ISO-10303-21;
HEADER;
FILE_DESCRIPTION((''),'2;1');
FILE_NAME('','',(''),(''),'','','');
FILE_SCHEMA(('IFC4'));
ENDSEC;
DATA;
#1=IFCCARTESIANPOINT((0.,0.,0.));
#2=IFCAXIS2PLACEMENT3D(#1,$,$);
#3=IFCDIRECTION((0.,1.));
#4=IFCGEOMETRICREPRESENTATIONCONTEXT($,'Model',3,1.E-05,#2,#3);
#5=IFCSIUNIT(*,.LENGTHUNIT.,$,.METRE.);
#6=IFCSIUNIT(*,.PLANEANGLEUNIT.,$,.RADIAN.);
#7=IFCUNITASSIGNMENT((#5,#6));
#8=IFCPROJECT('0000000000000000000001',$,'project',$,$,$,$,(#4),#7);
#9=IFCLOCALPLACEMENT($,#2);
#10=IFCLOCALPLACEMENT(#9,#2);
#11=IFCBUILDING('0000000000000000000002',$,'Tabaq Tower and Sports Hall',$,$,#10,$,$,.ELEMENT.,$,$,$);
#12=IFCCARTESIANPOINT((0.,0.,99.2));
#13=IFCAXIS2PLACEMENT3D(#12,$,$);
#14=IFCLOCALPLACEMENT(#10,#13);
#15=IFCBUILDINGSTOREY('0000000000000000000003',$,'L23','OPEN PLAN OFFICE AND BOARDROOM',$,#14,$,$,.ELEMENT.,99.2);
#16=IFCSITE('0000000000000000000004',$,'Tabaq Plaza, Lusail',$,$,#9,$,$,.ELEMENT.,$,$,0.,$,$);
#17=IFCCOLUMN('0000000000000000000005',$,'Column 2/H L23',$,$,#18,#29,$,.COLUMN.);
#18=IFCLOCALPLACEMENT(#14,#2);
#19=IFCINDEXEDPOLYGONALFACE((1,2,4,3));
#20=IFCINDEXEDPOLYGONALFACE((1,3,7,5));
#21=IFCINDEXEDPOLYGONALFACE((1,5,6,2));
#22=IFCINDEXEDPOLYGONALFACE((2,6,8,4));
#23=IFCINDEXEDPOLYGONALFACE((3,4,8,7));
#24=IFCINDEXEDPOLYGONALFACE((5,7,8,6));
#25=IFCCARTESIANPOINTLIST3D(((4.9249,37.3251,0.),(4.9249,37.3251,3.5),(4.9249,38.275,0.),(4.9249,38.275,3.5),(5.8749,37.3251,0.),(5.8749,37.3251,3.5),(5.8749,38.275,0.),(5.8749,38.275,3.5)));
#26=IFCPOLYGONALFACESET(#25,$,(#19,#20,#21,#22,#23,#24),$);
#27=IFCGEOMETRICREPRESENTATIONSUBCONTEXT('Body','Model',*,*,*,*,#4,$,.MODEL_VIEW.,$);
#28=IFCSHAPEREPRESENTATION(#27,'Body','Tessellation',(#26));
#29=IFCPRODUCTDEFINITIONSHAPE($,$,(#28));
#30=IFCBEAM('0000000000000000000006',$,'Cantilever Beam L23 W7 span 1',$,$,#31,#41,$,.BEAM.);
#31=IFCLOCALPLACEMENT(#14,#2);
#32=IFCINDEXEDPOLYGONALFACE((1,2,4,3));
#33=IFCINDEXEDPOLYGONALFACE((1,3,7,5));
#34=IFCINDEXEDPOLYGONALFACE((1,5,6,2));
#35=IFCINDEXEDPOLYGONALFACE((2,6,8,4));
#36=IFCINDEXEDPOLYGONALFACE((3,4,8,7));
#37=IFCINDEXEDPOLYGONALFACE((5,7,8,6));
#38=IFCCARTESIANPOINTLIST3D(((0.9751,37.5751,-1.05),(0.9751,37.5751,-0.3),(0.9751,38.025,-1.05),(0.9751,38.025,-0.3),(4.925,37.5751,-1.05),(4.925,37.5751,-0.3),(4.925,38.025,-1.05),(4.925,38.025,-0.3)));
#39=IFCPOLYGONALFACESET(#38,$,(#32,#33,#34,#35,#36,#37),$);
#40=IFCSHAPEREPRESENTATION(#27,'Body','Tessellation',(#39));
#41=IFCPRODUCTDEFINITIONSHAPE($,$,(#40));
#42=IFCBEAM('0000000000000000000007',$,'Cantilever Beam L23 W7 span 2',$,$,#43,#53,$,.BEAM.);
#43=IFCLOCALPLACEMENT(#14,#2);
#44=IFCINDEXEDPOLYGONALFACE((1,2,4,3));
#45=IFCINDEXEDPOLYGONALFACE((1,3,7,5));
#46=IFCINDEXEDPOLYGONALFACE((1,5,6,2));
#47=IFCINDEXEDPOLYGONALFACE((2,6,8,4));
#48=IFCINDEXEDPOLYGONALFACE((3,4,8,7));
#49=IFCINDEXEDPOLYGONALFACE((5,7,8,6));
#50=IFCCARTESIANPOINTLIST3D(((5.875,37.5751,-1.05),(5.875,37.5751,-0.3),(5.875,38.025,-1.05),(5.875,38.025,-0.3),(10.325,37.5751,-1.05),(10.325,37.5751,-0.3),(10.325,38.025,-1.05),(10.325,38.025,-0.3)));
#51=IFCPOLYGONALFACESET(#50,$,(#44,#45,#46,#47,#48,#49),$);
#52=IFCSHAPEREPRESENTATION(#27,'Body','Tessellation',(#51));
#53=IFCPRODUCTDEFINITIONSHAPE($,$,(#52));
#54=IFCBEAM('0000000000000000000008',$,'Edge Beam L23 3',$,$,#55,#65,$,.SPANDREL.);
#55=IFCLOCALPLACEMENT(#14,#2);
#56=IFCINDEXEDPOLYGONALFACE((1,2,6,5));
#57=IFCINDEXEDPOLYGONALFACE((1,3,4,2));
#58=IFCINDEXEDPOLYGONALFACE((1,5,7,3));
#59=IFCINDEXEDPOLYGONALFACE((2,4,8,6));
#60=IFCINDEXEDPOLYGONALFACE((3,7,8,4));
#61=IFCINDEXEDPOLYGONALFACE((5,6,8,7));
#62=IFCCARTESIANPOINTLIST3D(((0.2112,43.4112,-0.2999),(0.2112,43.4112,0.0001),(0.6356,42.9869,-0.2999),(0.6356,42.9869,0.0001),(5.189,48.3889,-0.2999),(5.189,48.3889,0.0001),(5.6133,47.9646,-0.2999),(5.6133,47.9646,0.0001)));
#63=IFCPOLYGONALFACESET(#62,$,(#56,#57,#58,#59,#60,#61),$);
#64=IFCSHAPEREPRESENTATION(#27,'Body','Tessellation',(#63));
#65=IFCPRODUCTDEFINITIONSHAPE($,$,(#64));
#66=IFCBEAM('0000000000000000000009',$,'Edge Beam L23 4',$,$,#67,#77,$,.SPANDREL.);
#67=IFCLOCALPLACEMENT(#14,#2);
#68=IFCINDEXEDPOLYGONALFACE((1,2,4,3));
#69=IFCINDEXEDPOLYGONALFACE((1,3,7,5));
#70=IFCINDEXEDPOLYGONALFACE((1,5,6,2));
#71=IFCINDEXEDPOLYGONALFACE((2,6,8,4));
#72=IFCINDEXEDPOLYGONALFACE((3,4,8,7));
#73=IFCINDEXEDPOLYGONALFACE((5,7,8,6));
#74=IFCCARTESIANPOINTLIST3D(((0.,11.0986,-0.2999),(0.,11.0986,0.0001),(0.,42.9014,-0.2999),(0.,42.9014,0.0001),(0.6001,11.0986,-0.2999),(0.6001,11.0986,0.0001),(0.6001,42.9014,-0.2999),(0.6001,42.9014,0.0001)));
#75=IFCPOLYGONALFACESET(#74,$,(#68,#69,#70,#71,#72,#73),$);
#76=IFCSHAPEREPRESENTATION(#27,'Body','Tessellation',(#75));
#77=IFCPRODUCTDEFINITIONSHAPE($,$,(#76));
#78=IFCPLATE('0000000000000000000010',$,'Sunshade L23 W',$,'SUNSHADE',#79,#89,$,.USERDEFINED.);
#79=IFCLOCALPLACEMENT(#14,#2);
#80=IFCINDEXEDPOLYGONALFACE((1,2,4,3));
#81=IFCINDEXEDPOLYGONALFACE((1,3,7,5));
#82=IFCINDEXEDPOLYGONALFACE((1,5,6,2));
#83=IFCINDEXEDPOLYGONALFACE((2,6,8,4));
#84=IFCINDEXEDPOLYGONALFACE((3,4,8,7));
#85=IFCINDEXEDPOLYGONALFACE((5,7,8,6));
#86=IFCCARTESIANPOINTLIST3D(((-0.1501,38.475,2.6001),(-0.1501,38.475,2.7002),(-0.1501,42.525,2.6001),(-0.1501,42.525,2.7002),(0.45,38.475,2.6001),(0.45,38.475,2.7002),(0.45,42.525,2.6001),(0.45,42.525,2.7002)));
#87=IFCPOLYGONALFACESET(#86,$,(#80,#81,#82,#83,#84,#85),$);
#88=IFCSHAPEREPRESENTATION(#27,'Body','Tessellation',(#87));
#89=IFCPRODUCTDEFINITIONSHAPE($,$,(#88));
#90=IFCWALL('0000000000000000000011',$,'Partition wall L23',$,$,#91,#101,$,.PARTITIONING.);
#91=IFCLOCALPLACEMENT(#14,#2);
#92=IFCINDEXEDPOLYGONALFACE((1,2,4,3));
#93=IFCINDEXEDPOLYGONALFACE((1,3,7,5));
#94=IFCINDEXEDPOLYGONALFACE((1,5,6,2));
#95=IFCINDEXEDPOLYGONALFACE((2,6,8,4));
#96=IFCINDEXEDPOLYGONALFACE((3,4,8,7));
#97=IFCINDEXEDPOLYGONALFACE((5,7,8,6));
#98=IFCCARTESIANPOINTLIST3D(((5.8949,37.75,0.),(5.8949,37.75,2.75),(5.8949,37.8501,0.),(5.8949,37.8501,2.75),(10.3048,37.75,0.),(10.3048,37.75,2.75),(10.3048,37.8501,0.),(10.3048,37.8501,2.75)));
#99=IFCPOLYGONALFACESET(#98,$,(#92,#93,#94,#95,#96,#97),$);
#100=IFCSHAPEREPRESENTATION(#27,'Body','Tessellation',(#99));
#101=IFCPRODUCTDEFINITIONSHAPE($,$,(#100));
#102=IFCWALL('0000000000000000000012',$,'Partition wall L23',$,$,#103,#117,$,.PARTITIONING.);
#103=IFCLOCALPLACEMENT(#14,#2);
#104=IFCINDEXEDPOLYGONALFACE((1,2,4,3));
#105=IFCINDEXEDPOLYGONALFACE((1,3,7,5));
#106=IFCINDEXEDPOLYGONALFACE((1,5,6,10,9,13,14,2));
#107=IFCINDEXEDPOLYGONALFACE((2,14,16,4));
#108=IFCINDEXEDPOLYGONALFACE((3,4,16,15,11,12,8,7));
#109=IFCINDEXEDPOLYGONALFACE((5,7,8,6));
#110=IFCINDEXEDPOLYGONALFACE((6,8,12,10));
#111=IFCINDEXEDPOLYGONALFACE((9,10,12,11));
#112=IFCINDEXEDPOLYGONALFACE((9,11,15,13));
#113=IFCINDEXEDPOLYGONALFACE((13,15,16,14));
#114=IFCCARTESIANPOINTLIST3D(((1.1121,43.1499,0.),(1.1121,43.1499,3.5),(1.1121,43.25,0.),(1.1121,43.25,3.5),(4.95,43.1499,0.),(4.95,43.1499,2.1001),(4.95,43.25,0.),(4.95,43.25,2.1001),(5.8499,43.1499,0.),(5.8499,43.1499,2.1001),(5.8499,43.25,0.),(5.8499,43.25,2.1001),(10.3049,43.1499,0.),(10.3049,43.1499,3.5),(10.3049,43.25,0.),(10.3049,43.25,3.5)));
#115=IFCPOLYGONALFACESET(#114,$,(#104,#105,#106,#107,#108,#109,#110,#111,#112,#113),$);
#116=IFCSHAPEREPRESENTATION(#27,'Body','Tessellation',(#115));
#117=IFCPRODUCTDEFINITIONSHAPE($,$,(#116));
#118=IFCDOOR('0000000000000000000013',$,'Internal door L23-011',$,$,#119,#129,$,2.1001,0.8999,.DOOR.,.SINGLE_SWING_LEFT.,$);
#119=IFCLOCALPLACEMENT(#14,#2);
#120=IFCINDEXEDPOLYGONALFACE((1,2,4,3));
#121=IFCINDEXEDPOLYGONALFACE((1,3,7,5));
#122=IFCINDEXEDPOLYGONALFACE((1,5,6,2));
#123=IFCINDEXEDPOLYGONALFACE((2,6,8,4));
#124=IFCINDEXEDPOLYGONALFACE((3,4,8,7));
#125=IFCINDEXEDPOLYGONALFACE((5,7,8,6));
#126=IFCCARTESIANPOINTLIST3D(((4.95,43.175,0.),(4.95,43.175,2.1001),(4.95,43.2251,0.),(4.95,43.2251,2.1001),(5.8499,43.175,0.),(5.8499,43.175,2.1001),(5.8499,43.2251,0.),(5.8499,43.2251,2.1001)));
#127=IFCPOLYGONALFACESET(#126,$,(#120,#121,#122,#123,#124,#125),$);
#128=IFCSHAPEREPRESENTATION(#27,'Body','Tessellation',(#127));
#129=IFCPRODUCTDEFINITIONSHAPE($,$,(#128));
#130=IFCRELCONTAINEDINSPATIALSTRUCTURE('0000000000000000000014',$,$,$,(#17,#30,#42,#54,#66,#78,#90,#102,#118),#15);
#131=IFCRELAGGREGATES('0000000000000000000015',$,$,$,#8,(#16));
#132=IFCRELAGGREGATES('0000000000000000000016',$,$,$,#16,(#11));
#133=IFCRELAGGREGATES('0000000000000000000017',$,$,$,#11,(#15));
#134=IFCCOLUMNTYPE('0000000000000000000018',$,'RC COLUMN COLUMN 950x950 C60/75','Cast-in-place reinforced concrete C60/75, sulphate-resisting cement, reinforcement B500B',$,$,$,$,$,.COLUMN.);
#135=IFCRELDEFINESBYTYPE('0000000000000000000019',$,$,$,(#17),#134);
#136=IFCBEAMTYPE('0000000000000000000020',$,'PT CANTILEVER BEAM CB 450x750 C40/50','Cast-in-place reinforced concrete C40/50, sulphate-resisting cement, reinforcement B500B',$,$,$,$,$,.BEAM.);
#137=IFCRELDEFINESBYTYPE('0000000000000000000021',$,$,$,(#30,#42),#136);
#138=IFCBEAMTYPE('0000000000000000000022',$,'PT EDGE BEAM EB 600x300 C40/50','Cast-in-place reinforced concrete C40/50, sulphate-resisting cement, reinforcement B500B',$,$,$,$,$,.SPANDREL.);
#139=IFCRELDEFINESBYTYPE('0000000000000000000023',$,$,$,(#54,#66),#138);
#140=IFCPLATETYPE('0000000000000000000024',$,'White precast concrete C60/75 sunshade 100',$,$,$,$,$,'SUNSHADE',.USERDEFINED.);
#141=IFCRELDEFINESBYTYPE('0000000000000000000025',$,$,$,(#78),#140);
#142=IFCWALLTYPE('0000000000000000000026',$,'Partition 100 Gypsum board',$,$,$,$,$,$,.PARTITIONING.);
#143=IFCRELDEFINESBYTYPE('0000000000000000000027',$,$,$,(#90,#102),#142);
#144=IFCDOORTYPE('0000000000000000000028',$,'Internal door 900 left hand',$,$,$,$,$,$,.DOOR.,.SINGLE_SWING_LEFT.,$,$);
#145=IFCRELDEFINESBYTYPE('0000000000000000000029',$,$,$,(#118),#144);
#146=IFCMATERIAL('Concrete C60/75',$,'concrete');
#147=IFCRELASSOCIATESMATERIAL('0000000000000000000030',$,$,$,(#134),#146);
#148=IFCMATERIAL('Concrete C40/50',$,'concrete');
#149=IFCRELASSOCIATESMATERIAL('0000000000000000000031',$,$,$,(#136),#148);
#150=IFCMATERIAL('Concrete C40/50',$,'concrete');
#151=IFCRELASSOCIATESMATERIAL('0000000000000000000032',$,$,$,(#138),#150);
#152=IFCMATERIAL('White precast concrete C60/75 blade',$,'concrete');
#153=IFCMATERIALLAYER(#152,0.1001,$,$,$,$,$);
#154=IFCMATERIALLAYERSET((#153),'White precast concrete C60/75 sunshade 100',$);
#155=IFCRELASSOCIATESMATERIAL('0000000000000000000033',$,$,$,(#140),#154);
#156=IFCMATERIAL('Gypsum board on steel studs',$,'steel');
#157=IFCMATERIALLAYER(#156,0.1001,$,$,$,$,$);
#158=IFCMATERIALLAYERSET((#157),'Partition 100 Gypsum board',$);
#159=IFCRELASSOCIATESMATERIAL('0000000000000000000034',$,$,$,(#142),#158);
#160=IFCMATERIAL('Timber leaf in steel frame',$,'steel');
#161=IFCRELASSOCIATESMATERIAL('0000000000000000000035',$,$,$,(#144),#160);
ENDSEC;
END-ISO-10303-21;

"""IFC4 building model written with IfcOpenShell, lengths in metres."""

from ifc_helpers import new_model, si_unit, direction, frame, frame_2d, origin, origin_2d, place, context, subcontext, project, spatial, rectangle, extrude, material, layer, layer_set, material_profile, profile_set, type_object, element, fill, save


model = new_model("IFC4")

# Units and contexts
model_context = context("Model", 3, precision=1e-05, world=origin(), true_north=direction((0.0, 1.0)))
body_context = subcontext(model_context, "Body", "Model", "MODEL_VIEW")
ifc_project = project(units=[si_unit("LENGTHUNIT", "METRE"), si_unit("PLANEANGLEUNIT", "RADIAN")], contexts=[model_context])

# Site, building, storey
site_placement = place(None, origin())
site = spatial("IfcSite", under=ifc_project, at=site_placement, Name="Tabaq Plaza, Lusail", CompositionType="ELEMENT", RefElevation=0.0)
building_placement = place(site_placement, origin())
building = spatial("IfcBuilding", under=site, at=building_placement, Name="Tabaq Tower and Sports Hall", CompositionType="ELEMENT")
storey_placement = place(building_placement, frame((0.0, 0.0, 99.2)))
storey = spatial("IfcBuildingStorey", under=building, at=storey_placement, Name="L23", Description="OPEN PLAN OFFICE AND BOARDROOM", CompositionType="ELEMENT", Elevation=99.2)

# Column
ifc_material_1 = material(Name="Concrete C60/75", Category="concrete")
ifc_material_profile_1 = material_profile(ifc_material_1, rectangle(XDim=0.95, YDim=0.95, at=origin_2d()), Name="COLUMN 950x950")
ifc_profile_set_1 = profile_set([ifc_material_profile_1], Name="Concrete C60/75")
column_type = type_object("IfcColumnType", Name="RC COLUMN COLUMN 950x950 C60/75", Description="Cast-in-place reinforced concrete C60/75, sulphate-resisting cement, reinforcement B500B", PredefinedType="COLUMN", material=ifc_profile_set_1)
column_placement = place(storey_placement, frame((5.3999, 37.8, 0.0), z_axis=(0.0, 0.0, 1.0), x_axis=(1.0, 0.0, 0.0)))
element("IfcColumn", 1, at=column_placement, inside=storey, type_object=column_type, Name="Column 2/H L23", PredefinedType="COLUMN", context=body_context, shape_type="SweptSolid", body=[
    extrude(rectangle(XDim=0.95, YDim=0.95, at=origin_2d()), origin(), (0.0, 0.0, 1.0), 3.5),
])

# Beams
ifc_material_2 = material(Name="Concrete C40/50", Category="concrete")
ifc_material_profile_2 = material_profile(ifc_material_2, rectangle(XDim=0.45, YDim=0.75, at=origin_2d()), Name="CB 450x750")
ifc_profile_set_2 = profile_set([ifc_material_profile_2], Name="Concrete C40/50")
beam_type_1 = type_object("IfcBeamType", Name="PT CANTILEVER BEAM CB 450x750 C40/50", Description="Cast-in-place reinforced concrete C40/50, sulphate-resisting cement, reinforcement B500B", PredefinedType="BEAM", material=ifc_profile_set_2)
beam_1_placement = place(storey_placement, frame((0.9751, 37.8, -0.675), z_axis=(1.0, 0.0, 0.0), x_axis=(0.0, 1.0, 0.0)))
element("IfcBeam", 2, at=beam_1_placement, inside=storey, type_object=beam_type_1, Name="Cantilever Beam L23 W7 span 1", PredefinedType="BEAM", context=body_context, shape_type="SweptSolid", body=[
    extrude(rectangle(XDim=0.45, YDim=0.75, at=origin_2d()), origin(), (0.0, 0.0, 1.0), 3.95),
])
beam_2_placement = place(storey_placement, frame((5.875, 37.8, -0.675), z_axis=(1.0, 0.0, 0.0), x_axis=(0.0, 1.0, 0.0)))
element("IfcBeam", 3, at=beam_2_placement, inside=storey, type_object=beam_type_1, Name="Cantilever Beam L23 W7 span 2", PredefinedType="BEAM", context=body_context, shape_type="SweptSolid", body=[
    extrude(rectangle(XDim=0.45, YDim=0.75, at=origin_2d()), origin(), (0.0, 0.0, 1.0), 4.45),
])
ifc_material_3 = material(Name="Concrete C40/50", Category="concrete")
ifc_material_profile_3 = material_profile(ifc_material_3, rectangle(XDim=0.6001, YDim=0.3, at=origin_2d()), Name="EB 600x300")
ifc_profile_set_3 = profile_set([ifc_material_profile_3], Name="Concrete C40/50")
beam_type_2 = type_object("IfcBeamType", Name="PT EDGE BEAM EB 600x300 C40/50", Description="Cast-in-place reinforced concrete C40/50, sulphate-resisting cement, reinforcement B500B", PredefinedType="SPANDREL", material=ifc_profile_set_3)
beam_3_placement = place(storey_placement, frame((5.4011, 48.1768, -0.1499), z_axis=(-0.707107, -0.707107, 0.0), x_axis=(0.707107, -0.707107, 0.0)))
element("IfcBeam", 4, at=beam_3_placement, inside=storey, type_object=beam_type_2, Name="Edge Beam L23 3", PredefinedType="SPANDREL", context=body_context, shape_type="SweptSolid", body=[
    extrude(rectangle(XDim=0.6001, YDim=0.3, at=origin_2d()), origin(), (0.0, 0.0, 1.0), 7.0396),
])
beam_4_placement = place(storey_placement, frame((0.3, 42.9014, -0.1499), z_axis=(0.0, -1.0, 0.0), x_axis=(1.0, 0.0, 0.0)))
element("IfcBeam", 5, at=beam_4_placement, inside=storey, type_object=beam_type_2, Name="Edge Beam L23 4", PredefinedType="SPANDREL", context=body_context, shape_type="SweptSolid", body=[
    extrude(rectangle(XDim=0.6001, YDim=0.3, at=origin_2d()), origin(), (0.0, 0.0, 1.0), 31.8027),
])

# Plate
ifc_material_4 = material(Name="White precast concrete C60/75 blade", Category="concrete")
ifc_layer_1 = layer(ifc_material_4, 0.1001)
ifc_layer_set_1 = layer_set([ifc_layer_1], Name="White precast concrete C60/75 sunshade 100")
plate_type = type_object("IfcPlateType", Name="White precast concrete C60/75 sunshade 100", ElementType="SUNSHADE", PredefinedType="USERDEFINED", material=ifc_layer_set_1)
plate_placement = place(storey_placement, frame((0.1499, 40.5, 2.6001), z_axis=(0.0, 0.0, 1.0), x_axis=(0.0, -1.0, 0.0)))
element("IfcPlate", 6, at=plate_placement, inside=storey, type_object=plate_type, Name="Sunshade L23 W", ObjectType="SUNSHADE", PredefinedType="USERDEFINED", context=body_context, shape_type="SweptSolid", body=[
    extrude(rectangle(XDim=4.05, YDim=0.6001, at=origin_2d()), origin(), (0.0, 0.0, 1.0), 0.1001),
])

# Wall
ifc_material_5 = material(Name="Gypsum board on steel studs", Category="steel")
ifc_layer_2 = layer(ifc_material_5, 0.1001)
ifc_layer_set_2 = layer_set([ifc_layer_2], Name="Partition 100 Gypsum board")
wall_type_1 = type_object("IfcWallType", Name="Partition 100 Gypsum board", PredefinedType="PARTITIONING", material=ifc_layer_set_2)
wall_1_placement = place(storey_placement, frame((10.3049, 37.8, 0.0), z_axis=(0.0, 0.0, 1.0), x_axis=(-1.0, 0.0, 0.0)))
element("IfcWall", 7, at=wall_1_placement, inside=storey, type_object=wall_type_1, Name="Partition wall L23", PredefinedType="PARTITIONING", context=body_context, shape_type="SweptSolid", body=[
    extrude(rectangle(XDim=4.4099, YDim=0.1001, at=frame_2d((2.2051, 0.0))), origin(), (0.0, 0.0, 1.0), 2.75),
])

# Wall, opening, door
wall_2_placement = place(storey_placement, frame((10.3049, 43.2, 0.0), z_axis=(0.0, 0.0, 1.0), x_axis=(-1.0, 0.0, 0.0)))
wall_2 = element("IfcWall", 8, at=wall_2_placement, inside=storey, type_object=wall_type_1, Name="Partition wall L23", PredefinedType="PARTITIONING", context=body_context, shape_type="SweptSolid", body=[
    extrude(rectangle(XDim=9.1929, YDim=0.1001, at=frame_2d((4.5964, 0.0))), origin(), (0.0, 0.0, 1.0), 3.5),
])
opening_1_placement = place(wall_2_placement, frame((4.4551, 0.0, 0.0)))
opening_1 = element("IfcOpeningElement", 9, at=opening_1_placement, cuts=wall_2, PredefinedType="OPENING", context=body_context, shape_type="SweptSolid", body=[
    extrude(rectangle(XDim=0.8999, YDim=2.1001, at=frame_2d((0.45, 1.05))), frame((0.0, 0.05, 0.0), z_axis=(0.0, -1.0, 0.0), x_axis=(1.0, 0.0, 0.0)), (0.0, 0.0, 1.0), 0.1001),
])
ifc_material_6 = material(Name="Timber leaf in steel frame", Category="steel")
door_type = type_object("IfcDoorType", Name="Internal door 900 left hand", OperationType="SINGLE_SWING_LEFT", PredefinedType="DOOR", material=ifc_material_6)
door_placement = place(opening_1_placement, origin())
door = element("IfcDoor", 10, at=door_placement, inside=storey, type_object=door_type, Name="Internal door L23-011", OperationType="SINGLE_SWING_LEFT", OverallHeight=2.1001, OverallWidth=0.8999, PredefinedType="DOOR", context=body_context, shape_type="SweptSolid", body=[
    extrude(rectangle(XDim=0.8999, YDim=2.1001, at=frame_2d((0.45, 1.05))), frame((0.0, 0.0249, 0.0), z_axis=(0.0, -1.0, 0.0), x_axis=(1.0, 0.0, 0.0)), (0.0, 0.0, 1.0), 0.05),
])
fill(opening_1, door)

save(model, "model.ifc")
